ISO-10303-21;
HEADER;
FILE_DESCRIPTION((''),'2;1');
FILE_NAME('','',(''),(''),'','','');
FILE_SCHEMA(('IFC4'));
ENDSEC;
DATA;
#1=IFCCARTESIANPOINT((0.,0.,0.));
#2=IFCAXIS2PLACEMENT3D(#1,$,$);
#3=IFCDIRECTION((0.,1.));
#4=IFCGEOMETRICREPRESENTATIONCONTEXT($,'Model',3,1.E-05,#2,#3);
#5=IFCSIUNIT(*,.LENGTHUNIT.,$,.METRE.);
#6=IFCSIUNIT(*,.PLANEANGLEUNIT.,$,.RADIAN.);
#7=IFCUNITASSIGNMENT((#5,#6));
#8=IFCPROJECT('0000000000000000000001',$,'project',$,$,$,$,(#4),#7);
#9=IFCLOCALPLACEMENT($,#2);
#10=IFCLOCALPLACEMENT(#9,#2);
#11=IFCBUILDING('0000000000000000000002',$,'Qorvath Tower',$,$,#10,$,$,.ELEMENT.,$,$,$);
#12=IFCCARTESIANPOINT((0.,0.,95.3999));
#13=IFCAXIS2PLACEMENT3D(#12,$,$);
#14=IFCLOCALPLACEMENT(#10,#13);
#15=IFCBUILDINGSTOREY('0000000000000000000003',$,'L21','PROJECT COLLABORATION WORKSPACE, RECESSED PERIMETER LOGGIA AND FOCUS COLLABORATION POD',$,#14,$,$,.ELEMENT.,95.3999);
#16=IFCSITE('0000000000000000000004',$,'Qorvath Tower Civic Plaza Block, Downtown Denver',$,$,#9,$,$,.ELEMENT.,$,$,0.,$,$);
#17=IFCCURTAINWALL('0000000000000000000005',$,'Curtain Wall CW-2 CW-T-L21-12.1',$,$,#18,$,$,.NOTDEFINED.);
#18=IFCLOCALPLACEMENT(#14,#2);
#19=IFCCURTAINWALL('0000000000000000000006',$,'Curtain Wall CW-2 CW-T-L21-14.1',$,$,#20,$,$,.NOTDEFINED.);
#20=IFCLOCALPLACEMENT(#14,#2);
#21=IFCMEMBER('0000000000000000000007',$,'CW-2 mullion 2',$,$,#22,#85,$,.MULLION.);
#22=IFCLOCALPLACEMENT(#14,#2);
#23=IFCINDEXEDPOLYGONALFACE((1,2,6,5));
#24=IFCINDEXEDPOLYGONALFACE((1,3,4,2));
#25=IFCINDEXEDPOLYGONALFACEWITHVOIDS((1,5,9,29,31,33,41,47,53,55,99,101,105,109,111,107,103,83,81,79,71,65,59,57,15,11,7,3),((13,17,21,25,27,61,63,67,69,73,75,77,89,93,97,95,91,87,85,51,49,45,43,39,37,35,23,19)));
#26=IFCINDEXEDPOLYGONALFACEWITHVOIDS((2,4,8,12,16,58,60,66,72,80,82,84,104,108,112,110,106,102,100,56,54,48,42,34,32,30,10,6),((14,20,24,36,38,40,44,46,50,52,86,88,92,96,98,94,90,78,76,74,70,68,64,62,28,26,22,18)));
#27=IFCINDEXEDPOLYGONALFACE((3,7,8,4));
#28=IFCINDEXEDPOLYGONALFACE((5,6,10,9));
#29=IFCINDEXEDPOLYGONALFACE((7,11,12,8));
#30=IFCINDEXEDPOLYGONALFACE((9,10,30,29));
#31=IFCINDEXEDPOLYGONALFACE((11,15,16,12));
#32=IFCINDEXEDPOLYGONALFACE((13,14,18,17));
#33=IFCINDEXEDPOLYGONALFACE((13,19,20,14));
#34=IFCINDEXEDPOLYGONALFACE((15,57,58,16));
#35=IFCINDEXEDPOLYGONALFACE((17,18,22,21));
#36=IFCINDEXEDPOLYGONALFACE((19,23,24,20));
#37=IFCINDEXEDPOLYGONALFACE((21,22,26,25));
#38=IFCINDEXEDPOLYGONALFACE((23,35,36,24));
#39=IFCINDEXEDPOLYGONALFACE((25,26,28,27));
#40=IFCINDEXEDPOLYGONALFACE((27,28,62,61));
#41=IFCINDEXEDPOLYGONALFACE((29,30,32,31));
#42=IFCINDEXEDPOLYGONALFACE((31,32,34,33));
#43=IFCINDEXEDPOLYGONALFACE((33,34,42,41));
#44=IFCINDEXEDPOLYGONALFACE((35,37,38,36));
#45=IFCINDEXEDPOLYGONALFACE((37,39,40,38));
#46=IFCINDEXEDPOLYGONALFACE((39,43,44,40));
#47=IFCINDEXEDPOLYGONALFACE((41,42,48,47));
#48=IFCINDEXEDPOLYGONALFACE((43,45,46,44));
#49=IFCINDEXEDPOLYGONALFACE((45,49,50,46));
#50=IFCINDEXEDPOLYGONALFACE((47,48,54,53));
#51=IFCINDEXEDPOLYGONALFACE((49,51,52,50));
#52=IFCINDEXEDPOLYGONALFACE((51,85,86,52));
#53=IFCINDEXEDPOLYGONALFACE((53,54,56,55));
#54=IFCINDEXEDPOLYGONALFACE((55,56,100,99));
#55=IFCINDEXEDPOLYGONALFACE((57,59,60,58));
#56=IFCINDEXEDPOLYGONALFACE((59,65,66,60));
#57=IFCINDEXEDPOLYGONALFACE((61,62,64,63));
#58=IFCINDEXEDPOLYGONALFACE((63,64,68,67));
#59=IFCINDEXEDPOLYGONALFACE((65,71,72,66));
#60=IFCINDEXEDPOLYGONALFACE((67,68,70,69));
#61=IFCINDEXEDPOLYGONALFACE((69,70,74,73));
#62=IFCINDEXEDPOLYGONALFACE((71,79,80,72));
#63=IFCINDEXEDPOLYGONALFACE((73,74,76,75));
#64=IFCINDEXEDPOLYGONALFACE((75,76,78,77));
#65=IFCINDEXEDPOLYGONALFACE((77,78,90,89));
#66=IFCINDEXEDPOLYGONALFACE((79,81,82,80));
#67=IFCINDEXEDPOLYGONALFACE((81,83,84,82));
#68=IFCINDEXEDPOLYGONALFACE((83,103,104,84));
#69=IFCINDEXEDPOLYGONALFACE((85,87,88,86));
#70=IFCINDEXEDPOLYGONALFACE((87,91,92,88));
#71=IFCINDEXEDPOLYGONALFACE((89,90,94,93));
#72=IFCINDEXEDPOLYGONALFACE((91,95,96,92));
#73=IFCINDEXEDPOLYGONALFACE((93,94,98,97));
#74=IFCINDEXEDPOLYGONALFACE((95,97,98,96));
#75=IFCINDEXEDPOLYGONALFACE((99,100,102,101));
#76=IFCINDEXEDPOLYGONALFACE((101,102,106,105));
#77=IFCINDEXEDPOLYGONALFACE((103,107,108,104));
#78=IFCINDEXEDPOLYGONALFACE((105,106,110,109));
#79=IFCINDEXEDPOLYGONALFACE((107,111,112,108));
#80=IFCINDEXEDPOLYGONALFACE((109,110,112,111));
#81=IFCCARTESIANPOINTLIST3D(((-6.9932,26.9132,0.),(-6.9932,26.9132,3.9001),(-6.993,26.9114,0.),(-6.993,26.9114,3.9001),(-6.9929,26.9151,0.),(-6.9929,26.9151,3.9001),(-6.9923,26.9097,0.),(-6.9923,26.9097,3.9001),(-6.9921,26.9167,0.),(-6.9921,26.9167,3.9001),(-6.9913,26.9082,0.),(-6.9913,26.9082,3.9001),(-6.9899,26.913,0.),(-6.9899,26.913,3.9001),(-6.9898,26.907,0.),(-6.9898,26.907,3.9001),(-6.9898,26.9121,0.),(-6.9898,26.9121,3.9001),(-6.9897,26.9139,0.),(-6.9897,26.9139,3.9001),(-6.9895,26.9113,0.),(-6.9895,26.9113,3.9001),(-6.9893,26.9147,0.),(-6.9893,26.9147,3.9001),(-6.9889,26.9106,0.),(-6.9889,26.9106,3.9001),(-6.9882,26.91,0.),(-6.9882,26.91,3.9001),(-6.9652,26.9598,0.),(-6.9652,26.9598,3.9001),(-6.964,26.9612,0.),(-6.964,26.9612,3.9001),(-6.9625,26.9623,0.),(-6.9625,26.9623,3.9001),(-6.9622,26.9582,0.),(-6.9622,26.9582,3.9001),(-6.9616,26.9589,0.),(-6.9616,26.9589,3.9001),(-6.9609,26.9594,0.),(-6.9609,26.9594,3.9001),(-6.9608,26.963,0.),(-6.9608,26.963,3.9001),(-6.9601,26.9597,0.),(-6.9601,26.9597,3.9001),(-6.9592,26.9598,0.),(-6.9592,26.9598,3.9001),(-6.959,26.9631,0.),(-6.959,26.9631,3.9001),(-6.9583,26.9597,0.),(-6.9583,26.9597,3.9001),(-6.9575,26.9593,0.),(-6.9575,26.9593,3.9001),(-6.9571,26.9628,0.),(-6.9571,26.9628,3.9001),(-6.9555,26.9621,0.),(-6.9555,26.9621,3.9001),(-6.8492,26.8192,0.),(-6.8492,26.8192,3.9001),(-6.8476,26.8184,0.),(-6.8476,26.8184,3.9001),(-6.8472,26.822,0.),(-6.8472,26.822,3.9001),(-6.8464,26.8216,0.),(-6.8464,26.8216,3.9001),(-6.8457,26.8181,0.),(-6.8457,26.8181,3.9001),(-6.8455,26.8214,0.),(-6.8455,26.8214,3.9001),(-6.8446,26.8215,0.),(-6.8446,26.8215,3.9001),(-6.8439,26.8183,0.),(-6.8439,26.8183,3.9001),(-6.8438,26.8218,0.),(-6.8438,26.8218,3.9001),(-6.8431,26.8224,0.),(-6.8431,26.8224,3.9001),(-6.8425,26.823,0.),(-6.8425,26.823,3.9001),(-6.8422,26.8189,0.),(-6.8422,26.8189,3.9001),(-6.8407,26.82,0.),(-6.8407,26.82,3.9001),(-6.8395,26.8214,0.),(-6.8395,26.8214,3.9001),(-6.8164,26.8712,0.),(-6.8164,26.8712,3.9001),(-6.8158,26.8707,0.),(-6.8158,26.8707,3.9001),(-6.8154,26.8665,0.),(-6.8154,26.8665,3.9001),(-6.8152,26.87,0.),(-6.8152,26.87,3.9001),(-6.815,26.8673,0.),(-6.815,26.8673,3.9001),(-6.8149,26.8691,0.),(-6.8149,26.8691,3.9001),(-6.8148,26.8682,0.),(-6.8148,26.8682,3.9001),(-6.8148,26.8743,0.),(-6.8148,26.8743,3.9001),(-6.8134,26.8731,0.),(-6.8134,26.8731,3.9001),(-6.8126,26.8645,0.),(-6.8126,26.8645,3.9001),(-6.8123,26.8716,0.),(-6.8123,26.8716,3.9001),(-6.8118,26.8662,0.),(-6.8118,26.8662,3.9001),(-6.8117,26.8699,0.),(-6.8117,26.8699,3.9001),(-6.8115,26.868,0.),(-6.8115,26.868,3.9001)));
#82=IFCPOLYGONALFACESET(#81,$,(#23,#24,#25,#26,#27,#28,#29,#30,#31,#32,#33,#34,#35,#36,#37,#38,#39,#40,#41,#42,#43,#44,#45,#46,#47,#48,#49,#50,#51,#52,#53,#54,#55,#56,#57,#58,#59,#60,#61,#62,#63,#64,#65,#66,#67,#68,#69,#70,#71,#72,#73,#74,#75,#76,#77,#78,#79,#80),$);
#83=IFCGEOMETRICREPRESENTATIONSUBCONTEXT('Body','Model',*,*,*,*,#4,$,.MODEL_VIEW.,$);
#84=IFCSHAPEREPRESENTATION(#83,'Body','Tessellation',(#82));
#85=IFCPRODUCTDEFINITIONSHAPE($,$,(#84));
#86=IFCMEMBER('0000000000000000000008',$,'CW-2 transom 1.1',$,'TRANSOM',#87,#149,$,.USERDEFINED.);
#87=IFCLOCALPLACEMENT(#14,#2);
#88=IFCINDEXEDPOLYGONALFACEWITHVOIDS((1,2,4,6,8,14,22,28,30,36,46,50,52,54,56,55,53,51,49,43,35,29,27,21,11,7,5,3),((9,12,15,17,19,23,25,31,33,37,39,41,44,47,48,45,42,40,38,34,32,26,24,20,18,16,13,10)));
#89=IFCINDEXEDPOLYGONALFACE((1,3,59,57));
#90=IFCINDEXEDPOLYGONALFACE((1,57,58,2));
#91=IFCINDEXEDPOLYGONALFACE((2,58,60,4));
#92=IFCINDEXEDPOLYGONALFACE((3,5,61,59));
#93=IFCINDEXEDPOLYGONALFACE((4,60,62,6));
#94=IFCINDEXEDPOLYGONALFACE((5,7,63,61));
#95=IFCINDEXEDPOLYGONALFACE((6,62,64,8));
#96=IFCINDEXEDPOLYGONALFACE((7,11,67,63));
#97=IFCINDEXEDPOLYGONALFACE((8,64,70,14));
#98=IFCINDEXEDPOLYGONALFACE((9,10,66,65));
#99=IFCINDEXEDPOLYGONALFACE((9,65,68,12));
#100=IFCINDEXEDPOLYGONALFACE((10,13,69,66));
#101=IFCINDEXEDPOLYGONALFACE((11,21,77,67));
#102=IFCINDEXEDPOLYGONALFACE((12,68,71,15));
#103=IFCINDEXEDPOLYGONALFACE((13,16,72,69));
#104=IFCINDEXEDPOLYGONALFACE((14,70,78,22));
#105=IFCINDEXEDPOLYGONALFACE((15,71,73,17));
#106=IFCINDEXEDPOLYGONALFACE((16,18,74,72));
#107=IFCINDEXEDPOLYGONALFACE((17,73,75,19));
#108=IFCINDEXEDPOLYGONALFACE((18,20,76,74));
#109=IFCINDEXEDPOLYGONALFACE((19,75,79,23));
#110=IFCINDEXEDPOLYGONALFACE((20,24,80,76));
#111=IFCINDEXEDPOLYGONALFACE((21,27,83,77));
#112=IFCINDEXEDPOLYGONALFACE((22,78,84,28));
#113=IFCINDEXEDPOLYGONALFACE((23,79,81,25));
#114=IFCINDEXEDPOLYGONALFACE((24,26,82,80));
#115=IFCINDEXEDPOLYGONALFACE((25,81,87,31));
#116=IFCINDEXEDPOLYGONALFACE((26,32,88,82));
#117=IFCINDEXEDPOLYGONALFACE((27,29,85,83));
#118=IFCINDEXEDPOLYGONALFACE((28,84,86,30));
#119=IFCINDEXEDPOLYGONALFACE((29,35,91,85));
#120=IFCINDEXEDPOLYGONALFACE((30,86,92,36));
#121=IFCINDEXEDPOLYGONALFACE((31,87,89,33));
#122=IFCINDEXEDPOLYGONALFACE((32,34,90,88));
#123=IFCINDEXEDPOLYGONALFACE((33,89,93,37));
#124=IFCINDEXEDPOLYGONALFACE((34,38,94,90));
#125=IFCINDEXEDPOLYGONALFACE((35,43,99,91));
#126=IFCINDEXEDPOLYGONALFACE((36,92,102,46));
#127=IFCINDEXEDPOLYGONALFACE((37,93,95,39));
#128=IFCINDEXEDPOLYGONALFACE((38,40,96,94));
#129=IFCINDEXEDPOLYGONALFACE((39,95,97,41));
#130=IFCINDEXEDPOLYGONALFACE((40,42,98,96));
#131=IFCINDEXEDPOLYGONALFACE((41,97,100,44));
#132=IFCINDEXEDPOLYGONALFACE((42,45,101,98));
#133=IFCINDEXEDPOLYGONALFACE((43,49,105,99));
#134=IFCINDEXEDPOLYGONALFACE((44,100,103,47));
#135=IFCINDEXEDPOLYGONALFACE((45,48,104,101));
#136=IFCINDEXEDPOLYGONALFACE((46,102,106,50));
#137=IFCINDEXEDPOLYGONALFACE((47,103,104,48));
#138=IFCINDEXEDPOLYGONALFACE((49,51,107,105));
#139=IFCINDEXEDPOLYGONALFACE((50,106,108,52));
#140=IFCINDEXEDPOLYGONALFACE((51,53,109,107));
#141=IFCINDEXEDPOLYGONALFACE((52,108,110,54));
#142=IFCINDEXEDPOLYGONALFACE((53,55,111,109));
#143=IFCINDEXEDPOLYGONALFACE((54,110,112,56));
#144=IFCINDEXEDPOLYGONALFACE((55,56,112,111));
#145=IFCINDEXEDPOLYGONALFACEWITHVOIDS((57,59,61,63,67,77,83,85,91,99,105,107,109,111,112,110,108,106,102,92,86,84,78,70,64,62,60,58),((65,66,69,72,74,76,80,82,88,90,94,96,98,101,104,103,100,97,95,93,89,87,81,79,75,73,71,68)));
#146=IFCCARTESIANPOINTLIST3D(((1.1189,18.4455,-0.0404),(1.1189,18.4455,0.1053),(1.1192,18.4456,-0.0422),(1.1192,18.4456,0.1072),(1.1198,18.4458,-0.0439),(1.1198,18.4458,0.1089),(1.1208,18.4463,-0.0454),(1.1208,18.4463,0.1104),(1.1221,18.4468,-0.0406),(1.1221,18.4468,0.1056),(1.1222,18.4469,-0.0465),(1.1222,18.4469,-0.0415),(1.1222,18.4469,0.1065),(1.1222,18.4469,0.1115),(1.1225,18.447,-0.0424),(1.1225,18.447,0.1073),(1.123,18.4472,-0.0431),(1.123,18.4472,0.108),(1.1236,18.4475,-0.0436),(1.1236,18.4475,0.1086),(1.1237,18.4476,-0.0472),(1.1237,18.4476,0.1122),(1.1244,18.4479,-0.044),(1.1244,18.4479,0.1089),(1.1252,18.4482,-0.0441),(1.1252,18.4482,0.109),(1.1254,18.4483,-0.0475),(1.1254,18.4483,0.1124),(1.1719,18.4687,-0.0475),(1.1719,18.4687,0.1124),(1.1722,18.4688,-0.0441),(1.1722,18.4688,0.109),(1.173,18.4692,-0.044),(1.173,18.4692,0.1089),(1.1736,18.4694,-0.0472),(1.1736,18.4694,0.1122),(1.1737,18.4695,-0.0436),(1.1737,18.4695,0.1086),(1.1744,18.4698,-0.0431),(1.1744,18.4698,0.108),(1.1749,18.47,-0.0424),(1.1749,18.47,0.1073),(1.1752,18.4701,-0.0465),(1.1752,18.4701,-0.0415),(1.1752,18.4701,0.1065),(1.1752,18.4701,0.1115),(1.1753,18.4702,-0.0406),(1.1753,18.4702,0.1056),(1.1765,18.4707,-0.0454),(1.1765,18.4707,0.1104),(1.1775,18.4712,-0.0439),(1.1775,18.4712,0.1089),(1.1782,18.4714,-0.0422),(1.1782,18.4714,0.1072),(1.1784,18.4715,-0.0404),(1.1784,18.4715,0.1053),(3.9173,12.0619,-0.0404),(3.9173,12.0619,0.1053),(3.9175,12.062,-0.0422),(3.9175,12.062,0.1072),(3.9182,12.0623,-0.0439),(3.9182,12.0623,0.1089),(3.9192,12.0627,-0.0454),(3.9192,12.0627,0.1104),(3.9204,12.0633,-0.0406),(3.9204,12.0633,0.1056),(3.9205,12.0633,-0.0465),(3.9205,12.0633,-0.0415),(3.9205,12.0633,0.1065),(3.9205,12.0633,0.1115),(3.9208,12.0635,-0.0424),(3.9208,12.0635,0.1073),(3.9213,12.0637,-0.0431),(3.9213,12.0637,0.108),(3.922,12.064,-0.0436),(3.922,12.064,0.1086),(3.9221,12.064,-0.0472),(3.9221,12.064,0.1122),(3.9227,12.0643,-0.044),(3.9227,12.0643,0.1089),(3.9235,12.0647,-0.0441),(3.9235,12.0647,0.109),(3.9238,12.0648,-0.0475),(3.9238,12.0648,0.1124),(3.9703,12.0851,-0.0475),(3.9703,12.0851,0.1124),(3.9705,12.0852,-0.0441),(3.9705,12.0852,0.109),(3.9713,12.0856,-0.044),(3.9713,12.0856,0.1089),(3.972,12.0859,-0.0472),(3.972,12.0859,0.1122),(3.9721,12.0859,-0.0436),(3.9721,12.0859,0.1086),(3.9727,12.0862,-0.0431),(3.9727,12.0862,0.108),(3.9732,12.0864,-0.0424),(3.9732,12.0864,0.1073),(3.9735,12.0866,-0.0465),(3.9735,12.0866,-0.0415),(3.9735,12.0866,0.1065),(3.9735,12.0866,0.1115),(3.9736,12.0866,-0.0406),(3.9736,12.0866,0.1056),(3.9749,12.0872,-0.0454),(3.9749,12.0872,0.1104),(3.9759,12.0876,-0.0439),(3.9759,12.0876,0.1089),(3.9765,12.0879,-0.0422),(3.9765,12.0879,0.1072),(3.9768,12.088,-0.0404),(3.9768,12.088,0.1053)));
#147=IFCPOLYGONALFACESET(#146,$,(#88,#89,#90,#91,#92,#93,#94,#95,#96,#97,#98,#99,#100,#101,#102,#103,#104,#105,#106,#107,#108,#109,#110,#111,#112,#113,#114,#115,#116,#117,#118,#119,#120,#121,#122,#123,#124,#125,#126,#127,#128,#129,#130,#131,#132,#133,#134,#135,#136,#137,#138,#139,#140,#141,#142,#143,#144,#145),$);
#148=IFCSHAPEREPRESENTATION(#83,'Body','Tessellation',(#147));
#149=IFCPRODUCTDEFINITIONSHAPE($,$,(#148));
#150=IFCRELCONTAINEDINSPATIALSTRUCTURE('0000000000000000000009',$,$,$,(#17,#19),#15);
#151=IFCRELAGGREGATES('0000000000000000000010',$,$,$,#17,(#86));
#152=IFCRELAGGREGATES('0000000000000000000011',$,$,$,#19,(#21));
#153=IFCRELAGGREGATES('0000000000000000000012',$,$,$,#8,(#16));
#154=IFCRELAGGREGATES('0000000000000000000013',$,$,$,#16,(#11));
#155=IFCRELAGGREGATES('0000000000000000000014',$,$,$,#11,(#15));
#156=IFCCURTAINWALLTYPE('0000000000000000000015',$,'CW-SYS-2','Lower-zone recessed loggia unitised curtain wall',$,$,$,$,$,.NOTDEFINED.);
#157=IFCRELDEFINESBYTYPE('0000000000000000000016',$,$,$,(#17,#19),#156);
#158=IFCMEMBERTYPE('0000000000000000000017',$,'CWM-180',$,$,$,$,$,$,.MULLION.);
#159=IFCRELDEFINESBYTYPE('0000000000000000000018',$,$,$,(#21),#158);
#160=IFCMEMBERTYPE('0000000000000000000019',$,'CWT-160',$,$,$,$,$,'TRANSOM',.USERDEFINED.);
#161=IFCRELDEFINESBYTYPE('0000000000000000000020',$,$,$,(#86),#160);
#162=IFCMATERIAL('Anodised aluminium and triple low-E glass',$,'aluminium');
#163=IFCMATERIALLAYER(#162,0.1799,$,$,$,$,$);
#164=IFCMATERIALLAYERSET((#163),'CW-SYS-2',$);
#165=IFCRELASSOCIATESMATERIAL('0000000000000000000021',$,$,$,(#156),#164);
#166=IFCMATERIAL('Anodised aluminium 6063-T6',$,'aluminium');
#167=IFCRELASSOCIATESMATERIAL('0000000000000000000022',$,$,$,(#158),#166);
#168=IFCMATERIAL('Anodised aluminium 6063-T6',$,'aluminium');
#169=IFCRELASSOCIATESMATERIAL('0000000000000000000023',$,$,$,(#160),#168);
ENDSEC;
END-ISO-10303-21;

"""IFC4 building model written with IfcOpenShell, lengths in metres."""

from ifc_helpers import new_model, si_unit, direction, frame, origin, origin_2d, place, context, subcontext, project, spatial, hollow_rectangle, extrude, material, layer, layer_set, material_profile, profile_set, type_object, element, aggregate, save


model = new_model("IFC4")

# Units and contexts
model_context = context("Model", 3, precision=1e-05, world=origin(), true_north=direction((0.0, 1.0)))
body_context = subcontext(model_context, "Body", "Model", "MODEL_VIEW")
ifc_project = project(units=[si_unit("LENGTHUNIT", "METRE"), si_unit("PLANEANGLEUNIT", "RADIAN")], contexts=[model_context])

# Site, building, storey
site_placement = place(None, origin())
site = spatial("IfcSite", under=ifc_project, at=site_placement, Name="Qorvath Tower Civic Plaza Block, Downtown Denver", CompositionType="ELEMENT", RefElevation=0.0)
building_placement = place(site_placement, origin())
building = spatial("IfcBuilding", under=site, at=building_placement, Name="Qorvath Tower", CompositionType="ELEMENT")
storey_placement = place(building_placement, frame((0.0, 0.0, 95.3999)))
storey = spatial("IfcBuildingStorey", under=building, at=storey_placement, Name="L21", Description="PROJECT COLLABORATION WORKSPACE, RECESSED PERIMETER LOGGIA AND FOCUS COLLABORATION POD", CompositionType="ELEMENT", Elevation=95.3999)

# Shared definitions
ifc_material_1 = material(Name="Anodised aluminium and triple low-E glass", Category="aluminium")
ifc_layer_1 = layer(ifc_material_1, 0.1799)
ifc_layer_set_1 = layer_set([ifc_layer_1], Name="CW-SYS-2")
curtain_wall_type = type_object("IfcCurtainWallType", Name="CW-SYS-2", Description="Lower-zone recessed loggia unitised curtain wall", PredefinedType="NOTDEFINED", material=ifc_layer_set_1)
ifc_material_2 = material(Name="Anodised aluminium 6063-T6", Category="aluminium")
ifc_material_profile_1 = material_profile(ifc_material_2, hollow_rectangle(XDim=0.0649, YDim=0.1799, WallThickness=0.0034, InnerFilletRadius=0.0034, OuterFilletRadius=0.0071, at=origin_2d()), Name="CWM 180x65")
ifc_profile_set_1 = profile_set([ifc_material_profile_1], Name="Anodised aluminium 6063-T6")
member_type_1 = type_object("IfcMemberType", Name="CWM-180", PredefinedType="MULLION", material=ifc_profile_set_1)

# Curtain walls, member
curtain_wall_1_placement = place(storey_placement, origin())
curtain_wall_1 = element("IfcCurtainWall", 1, at=curtain_wall_1_placement, inside=storey, type_object=curtain_wall_type, Name="Curtain Wall CW-2 CW-T-L21-12.1", PredefinedType="NOTDEFINED")
curtain_wall_2_placement = place(storey_placement, origin())
curtain_wall_2 = element("IfcCurtainWall", 2, at=curtain_wall_2_placement, inside=storey, type_object=curtain_wall_type, Name="Curtain Wall CW-2 CW-T-L21-14.1", PredefinedType="NOTDEFINED")
member_1_placement = place(storey_placement, frame((-6.9023, 26.8906, 0.0), z_axis=(0.0, 0.0, 1.0), x_axis=(-0.529596, -0.84825, 0.0)))
member_1 = element("IfcMember", 3, at=member_1_placement, type_object=member_type_1, Name="CW-2 mullion 2", PredefinedType="MULLION", context=body_context, shape_type="SweptSolid", body=[
    extrude(hollow_rectangle(XDim=0.0649, YDim=0.1799, WallThickness=0.0034, InnerFilletRadius=0.0034, OuterFilletRadius=0.0071, at=origin_2d()), origin(), (0.0, 0.0, 1.0), 3.9001),
])

# Member
ifc_material_3 = material(Name="Anodised aluminium 6063-T6", Category="aluminium")
ifc_material_profile_2 = material_profile(ifc_material_3, hollow_rectangle(XDim=0.0649, YDim=0.1599, WallThickness=0.0034, InnerFilletRadius=0.0034, OuterFilletRadius=0.0071, at=origin_2d()), Name="CWT 160x65")
ifc_profile_set_2 = profile_set([ifc_material_profile_2], Name="Anodised aluminium 6063-T6")
member_type_2 = type_object("IfcMemberType", Name="CWT-160", ElementType="TRANSOM", PredefinedType="USERDEFINED", material=ifc_profile_set_2)
member_2_placement = place(storey_placement, frame((3.947, 12.075, 0.0325), z_axis=(-0.401486, 0.915865, 0.0), x_axis=(-0.915865, -0.401486, 0.0)))
member_2 = element("IfcMember", 4, at=member_2_placement, type_object=member_type_2, Name="CW-2 transom 1.1", ObjectType="TRANSOM", PredefinedType="USERDEFINED", context=body_context, shape_type="SweptSolid", body=[
    extrude(hollow_rectangle(XDim=0.0649, YDim=0.1599, WallThickness=0.0034, InnerFilletRadius=0.0034, OuterFilletRadius=0.0071, at=origin_2d()), origin(), (0.0, 0.0, 1.0), 6.97),
])

aggregate(curtain_wall_1, [member_2])
aggregate(curtain_wall_2, [member_1])

save(model, "model.ifc")
